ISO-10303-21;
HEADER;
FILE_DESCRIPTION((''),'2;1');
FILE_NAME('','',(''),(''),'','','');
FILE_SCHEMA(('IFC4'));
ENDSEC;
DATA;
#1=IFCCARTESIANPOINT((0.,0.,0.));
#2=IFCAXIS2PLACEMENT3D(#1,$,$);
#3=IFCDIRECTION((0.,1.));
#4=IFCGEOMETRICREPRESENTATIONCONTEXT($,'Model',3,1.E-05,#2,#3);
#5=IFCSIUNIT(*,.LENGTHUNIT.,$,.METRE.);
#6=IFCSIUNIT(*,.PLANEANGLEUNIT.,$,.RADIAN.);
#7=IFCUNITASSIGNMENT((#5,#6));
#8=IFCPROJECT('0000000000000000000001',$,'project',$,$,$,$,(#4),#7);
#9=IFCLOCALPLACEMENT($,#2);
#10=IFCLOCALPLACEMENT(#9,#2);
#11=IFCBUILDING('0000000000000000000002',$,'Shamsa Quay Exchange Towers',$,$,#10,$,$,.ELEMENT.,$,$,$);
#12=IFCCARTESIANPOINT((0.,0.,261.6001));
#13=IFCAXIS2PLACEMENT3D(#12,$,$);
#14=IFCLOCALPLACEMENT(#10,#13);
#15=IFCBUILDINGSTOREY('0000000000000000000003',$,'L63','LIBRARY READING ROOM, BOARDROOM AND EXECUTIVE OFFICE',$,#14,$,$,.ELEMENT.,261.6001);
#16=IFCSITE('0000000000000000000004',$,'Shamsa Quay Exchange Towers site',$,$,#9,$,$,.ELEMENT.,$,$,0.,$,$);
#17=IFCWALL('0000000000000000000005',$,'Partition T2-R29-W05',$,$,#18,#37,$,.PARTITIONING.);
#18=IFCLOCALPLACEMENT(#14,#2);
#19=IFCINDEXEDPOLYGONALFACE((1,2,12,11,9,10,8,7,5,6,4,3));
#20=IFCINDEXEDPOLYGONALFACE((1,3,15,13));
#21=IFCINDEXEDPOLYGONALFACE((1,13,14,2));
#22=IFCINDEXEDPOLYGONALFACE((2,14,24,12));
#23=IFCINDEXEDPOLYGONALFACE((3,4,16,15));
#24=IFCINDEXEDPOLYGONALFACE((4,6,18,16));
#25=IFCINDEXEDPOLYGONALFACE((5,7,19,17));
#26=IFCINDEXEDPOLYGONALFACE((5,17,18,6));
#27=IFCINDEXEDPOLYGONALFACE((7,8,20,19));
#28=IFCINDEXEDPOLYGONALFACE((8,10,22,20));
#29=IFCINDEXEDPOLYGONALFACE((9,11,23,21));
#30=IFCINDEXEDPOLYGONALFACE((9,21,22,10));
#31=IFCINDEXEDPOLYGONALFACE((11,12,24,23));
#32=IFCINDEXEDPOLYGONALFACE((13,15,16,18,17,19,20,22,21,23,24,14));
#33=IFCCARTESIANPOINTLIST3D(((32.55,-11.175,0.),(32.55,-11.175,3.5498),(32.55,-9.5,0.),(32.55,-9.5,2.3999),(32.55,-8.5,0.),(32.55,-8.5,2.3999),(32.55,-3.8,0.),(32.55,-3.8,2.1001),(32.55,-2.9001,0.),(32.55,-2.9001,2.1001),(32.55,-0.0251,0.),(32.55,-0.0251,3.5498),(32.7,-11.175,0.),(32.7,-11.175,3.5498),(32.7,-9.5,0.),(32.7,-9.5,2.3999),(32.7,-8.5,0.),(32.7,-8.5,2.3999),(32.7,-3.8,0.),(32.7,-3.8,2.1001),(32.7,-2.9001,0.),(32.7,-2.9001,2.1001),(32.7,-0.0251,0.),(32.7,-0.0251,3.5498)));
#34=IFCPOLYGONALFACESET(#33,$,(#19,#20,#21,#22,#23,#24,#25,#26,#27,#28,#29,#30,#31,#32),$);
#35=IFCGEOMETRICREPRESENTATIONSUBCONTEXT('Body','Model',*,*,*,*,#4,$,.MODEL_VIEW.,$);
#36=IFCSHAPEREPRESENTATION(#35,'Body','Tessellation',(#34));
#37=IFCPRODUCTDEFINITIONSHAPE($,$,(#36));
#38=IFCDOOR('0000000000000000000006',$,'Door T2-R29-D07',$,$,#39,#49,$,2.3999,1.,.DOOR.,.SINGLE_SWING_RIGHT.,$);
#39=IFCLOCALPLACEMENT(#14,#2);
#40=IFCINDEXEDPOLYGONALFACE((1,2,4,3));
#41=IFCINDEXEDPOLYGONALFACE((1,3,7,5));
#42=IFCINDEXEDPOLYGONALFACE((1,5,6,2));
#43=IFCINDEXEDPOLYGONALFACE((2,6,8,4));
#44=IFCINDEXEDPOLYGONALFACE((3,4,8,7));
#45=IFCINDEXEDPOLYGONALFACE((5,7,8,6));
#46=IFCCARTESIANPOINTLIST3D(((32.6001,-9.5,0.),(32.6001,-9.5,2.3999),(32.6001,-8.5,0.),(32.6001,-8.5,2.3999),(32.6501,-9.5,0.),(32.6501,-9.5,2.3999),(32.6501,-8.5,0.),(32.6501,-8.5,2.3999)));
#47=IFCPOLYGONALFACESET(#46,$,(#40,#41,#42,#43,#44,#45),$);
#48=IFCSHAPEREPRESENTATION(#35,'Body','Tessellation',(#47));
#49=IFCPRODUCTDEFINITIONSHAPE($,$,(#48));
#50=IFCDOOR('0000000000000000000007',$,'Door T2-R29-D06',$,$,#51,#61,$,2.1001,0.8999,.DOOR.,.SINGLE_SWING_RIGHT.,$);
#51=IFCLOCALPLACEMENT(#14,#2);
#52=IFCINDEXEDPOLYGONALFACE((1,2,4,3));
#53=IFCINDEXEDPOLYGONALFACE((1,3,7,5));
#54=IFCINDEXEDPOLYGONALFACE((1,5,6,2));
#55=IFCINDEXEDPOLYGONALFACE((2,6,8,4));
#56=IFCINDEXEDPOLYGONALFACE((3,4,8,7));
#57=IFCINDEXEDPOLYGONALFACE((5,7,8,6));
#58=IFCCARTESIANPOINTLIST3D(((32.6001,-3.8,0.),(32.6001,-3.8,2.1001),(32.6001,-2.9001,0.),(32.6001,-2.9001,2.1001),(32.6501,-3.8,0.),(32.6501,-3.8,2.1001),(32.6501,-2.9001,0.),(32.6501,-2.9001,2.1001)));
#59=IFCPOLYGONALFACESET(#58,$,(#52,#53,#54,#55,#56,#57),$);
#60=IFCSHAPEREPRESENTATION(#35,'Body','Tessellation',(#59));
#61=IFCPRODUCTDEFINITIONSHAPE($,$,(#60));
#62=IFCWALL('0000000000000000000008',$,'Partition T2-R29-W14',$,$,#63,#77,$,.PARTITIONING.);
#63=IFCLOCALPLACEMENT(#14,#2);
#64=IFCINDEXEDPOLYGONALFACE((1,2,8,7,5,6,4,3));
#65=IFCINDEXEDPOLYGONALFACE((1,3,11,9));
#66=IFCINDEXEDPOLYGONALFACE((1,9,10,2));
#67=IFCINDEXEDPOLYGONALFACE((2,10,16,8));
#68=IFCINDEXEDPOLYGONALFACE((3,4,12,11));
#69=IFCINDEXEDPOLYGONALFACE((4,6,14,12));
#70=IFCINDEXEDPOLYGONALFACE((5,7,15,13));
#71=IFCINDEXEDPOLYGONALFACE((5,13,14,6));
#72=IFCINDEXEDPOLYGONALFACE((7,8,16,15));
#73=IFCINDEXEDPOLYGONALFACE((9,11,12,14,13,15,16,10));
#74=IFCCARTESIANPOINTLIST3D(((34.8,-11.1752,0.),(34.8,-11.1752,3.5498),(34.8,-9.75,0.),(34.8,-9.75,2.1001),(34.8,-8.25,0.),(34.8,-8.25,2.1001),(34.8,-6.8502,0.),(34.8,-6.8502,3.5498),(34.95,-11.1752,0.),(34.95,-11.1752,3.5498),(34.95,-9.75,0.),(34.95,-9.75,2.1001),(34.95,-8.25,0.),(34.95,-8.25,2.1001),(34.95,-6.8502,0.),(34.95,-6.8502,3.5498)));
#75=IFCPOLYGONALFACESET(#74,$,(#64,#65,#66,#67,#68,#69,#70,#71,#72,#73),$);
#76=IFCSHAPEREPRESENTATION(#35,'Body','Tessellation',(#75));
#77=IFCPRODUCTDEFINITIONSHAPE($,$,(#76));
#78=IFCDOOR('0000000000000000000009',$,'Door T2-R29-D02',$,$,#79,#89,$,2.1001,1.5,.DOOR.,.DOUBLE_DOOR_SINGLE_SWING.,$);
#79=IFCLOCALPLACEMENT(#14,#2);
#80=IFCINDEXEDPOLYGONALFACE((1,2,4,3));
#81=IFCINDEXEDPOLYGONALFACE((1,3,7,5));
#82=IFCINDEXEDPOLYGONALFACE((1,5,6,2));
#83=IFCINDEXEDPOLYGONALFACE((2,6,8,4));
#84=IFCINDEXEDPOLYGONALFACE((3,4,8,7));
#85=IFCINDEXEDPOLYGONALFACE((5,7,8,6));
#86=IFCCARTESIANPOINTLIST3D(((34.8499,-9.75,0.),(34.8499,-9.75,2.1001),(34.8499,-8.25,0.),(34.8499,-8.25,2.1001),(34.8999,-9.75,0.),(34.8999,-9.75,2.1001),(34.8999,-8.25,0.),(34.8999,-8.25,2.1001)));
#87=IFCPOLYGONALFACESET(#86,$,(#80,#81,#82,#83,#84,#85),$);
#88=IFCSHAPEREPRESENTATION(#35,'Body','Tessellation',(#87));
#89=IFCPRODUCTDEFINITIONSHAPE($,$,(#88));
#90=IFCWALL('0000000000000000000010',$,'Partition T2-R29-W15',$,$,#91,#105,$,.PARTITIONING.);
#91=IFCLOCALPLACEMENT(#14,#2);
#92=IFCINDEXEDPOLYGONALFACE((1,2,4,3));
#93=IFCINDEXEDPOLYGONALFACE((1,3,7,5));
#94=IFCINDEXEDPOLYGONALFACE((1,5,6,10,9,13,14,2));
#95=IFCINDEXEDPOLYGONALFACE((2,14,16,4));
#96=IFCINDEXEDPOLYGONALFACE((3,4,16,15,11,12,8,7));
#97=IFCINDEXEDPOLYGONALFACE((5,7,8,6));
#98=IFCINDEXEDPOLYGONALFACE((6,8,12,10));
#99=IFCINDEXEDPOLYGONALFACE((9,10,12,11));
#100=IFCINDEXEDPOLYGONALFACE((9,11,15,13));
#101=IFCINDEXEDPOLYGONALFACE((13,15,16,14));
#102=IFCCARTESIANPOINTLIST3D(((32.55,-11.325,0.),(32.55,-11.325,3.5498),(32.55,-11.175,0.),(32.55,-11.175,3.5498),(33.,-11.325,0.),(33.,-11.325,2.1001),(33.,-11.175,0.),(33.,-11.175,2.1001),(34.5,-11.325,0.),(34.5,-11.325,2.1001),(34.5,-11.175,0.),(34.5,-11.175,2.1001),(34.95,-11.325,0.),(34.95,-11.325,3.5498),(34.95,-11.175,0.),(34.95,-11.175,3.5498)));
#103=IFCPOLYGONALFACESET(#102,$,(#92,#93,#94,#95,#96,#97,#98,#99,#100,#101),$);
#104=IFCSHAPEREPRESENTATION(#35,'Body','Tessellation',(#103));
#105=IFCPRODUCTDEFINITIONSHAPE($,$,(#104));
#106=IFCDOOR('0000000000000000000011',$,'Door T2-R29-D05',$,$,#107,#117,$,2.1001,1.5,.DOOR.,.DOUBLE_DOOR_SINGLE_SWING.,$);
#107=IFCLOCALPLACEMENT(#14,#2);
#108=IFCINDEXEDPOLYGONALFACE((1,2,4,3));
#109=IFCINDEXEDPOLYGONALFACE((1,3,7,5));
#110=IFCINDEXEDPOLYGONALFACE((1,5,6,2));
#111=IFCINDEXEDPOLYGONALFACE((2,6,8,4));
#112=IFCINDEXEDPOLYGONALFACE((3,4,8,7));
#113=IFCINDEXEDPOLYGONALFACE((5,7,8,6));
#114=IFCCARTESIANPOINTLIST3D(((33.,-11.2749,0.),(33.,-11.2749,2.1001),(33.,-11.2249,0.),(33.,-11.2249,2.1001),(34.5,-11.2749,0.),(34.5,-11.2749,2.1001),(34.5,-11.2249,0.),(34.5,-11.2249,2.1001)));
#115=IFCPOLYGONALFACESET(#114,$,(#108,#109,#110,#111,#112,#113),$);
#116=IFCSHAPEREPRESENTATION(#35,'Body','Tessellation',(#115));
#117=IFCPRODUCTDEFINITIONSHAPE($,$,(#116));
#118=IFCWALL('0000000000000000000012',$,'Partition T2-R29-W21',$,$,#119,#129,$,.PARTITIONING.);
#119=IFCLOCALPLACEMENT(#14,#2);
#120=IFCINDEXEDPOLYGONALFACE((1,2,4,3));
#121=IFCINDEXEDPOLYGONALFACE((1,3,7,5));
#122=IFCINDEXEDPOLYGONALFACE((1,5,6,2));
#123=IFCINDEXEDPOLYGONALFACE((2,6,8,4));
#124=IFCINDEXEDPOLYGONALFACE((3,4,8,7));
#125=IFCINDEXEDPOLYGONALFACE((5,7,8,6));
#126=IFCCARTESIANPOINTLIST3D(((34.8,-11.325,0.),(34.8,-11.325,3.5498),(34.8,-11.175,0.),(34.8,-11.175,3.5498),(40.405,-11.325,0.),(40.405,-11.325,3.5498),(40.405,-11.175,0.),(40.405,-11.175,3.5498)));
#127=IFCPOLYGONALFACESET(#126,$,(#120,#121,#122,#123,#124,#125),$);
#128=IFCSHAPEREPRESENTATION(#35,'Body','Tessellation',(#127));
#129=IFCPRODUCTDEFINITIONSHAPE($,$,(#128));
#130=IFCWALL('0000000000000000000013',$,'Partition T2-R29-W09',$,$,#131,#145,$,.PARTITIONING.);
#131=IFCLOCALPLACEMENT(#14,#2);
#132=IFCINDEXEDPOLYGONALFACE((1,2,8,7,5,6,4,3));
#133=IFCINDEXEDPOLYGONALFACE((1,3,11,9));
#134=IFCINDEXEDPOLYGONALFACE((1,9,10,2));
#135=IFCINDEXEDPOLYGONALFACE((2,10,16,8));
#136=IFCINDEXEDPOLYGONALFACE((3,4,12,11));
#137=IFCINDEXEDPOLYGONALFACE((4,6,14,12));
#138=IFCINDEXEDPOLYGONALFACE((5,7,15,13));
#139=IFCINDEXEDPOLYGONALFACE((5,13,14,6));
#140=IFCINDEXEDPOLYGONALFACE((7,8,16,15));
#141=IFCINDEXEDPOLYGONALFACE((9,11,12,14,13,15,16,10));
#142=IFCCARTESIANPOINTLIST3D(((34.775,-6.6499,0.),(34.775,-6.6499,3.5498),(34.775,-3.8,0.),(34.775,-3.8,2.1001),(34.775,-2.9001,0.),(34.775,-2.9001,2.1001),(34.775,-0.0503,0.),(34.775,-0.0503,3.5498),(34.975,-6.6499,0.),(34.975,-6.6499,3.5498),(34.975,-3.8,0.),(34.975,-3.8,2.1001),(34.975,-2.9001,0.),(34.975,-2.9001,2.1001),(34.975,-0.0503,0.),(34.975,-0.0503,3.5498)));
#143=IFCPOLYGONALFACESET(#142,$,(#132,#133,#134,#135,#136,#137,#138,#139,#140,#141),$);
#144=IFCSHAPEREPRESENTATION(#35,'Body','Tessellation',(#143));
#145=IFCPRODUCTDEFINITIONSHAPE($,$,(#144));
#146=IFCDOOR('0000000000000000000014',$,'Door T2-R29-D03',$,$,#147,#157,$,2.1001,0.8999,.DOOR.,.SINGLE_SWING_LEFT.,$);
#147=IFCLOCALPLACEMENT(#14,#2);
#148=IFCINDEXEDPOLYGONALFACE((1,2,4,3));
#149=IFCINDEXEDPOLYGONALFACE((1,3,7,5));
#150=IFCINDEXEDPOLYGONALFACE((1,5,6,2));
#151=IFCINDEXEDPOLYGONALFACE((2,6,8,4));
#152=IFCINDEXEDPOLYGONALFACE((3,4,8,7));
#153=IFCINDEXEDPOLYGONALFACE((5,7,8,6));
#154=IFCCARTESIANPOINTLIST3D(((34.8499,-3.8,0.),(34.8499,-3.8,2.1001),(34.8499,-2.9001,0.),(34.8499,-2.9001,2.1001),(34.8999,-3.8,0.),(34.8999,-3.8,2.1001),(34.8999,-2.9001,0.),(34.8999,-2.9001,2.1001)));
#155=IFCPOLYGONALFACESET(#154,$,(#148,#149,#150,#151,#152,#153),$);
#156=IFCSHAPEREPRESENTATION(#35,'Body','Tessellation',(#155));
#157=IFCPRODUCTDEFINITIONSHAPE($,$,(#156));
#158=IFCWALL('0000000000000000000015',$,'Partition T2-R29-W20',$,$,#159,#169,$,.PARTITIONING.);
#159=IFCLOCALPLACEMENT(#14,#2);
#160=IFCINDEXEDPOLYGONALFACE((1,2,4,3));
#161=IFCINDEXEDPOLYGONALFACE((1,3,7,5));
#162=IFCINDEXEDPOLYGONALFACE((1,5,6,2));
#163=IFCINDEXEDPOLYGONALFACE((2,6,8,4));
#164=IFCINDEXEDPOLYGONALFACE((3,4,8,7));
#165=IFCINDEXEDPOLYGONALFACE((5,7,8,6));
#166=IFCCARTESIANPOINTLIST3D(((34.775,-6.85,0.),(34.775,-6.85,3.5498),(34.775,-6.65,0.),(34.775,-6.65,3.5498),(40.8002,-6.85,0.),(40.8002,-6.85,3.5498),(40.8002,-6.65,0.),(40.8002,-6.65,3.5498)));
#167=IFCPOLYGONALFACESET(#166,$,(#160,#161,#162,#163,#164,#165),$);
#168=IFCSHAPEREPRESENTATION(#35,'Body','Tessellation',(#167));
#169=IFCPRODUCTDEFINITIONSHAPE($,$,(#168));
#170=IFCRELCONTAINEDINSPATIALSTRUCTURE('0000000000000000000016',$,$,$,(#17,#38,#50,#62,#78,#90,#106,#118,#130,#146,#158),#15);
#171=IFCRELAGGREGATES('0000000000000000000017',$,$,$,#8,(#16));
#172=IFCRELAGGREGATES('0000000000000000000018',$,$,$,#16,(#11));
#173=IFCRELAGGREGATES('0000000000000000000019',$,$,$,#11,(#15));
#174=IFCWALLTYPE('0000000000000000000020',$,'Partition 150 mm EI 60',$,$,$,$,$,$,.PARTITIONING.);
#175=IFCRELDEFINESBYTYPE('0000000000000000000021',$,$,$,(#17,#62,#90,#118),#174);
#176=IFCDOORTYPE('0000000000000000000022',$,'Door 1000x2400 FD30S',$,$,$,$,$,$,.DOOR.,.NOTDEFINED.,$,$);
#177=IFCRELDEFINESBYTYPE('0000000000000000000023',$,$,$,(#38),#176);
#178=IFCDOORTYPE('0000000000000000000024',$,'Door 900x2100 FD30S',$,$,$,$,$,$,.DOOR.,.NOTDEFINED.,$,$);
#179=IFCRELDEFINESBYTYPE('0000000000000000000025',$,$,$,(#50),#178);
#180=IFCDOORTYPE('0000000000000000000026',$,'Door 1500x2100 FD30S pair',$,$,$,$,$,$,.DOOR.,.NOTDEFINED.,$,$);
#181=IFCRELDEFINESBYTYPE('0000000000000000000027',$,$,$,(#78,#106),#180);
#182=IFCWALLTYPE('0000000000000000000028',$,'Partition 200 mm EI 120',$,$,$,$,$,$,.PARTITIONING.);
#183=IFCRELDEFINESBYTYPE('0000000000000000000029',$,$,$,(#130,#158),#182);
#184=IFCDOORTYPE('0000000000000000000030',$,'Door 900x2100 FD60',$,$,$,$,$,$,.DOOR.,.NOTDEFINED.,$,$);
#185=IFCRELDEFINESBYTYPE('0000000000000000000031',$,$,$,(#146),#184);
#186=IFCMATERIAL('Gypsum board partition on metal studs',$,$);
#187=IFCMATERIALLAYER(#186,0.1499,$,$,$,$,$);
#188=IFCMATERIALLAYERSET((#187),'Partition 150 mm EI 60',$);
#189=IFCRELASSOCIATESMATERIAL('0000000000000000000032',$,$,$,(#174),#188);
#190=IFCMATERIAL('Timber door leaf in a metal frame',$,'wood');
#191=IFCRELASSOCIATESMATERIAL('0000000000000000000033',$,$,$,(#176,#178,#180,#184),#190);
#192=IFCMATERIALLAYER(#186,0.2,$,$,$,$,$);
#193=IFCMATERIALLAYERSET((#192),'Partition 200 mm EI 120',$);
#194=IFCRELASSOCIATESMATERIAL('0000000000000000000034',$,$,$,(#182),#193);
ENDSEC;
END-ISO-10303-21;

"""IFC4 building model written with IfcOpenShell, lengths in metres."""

from ifc_helpers import new_model, si_unit, direction, frame, frame_2d, origin, place, context, subcontext, project, spatial, rectangle, extrude, material, layer, layer_set, type_object, element, fill, save


model = new_model("IFC4")

# Units and contexts
model_context = context("Model", 3, precision=1e-05, world=origin(), true_north=direction((0.0, 1.0)))
body_context = subcontext(model_context, "Body", "Model", "MODEL_VIEW")
ifc_project = project(units=[si_unit("LENGTHUNIT", "METRE"), si_unit("PLANEANGLEUNIT", "RADIAN")], contexts=[model_context])

# Site, building, storey
site_placement = place(None, origin())
site = spatial("IfcSite", under=ifc_project, at=site_placement, Name="Shamsa Quay Exchange Towers site", CompositionType="ELEMENT", RefElevation=0.0)
building_placement = place(site_placement, origin())
building = spatial("IfcBuilding", under=site, at=building_placement, Name="Shamsa Quay Exchange Towers", CompositionType="ELEMENT")
storey_placement = place(building_placement, frame((0.0, 0.0, 261.6001)))
storey = spatial("IfcBuildingStorey", under=building, at=storey_placement, Name="L63", Description="LIBRARY READING ROOM, BOARDROOM AND EXECUTIVE OFFICE", CompositionType="ELEMENT", Elevation=261.6001)

# Wall, openings, doors
ifc_material_1 = material(Name="Gypsum board partition on metal studs")
ifc_layer_1 = layer(ifc_material_1, 0.1499)
ifc_layer_set_1 = layer_set([ifc_layer_1], Name="Partition 150 mm EI 60")
wall_type_1 = type_object("IfcWallType", Name="Partition 150 mm EI 60", PredefinedType="PARTITIONING", material=ifc_layer_set_1)
wall_1_placement = place(storey_placement, frame((32.625, -11.175, 0.0), z_axis=(0.0, 0.0, 1.0), x_axis=(0.0, 1.0, 0.0)))
wall_1 = element("IfcWall", 1, at=wall_1_placement, inside=storey, type_object=wall_type_1, Name="Partition T2-R29-W05", PredefinedType="PARTITIONING", context=body_context, shape_type="SweptSolid", body=[
    extrude(rectangle(XDim=11.1499, YDim=0.1499, at=frame_2d((5.575, 0.0))), origin(), (0.0, 0.0, 1.0), 3.5498),
])
opening_1_placement = place(wall_1_placement, frame((7.375, 0.0, 0.0)))
opening_1 = element("IfcOpeningElement", 2, at=opening_1_placement, cuts=wall_1, PredefinedType="OPENING", context=body_context, shape_type="SweptSolid", body=[
    extrude(rectangle(XDim=0.8999, YDim=2.1001, at=frame_2d((0.45, 1.05))), frame((0.0, 0.085, 0.0), z_axis=(0.0, -1.0, 0.0), x_axis=(1.0, 0.0, 0.0)), (0.0, 0.0, 1.0), 0.1699),
])
opening_2_placement = place(wall_1_placement, frame((1.675, 0.0, 0.0)))
opening_2 = element("IfcOpeningElement", 3, at=opening_2_placement, cuts=wall_1, PredefinedType="OPENING", context=body_context, shape_type="SweptSolid", body=[
    extrude(rectangle(XDim=1.0, YDim=2.3999, at=frame_2d((0.5, 1.2))), frame((0.0, 0.085, 0.0), z_axis=(0.0, -1.0, 0.0), x_axis=(1.0, 0.0, 0.0)), (0.0, 0.0, 1.0), 0.1699),
])
ifc_material_2 = material(Name="Timber door leaf in a metal frame", Category="wood")
door_type_1 = type_object("IfcDoorType", Name="Door 1000x2400 FD30S", OperationType="NOTDEFINED", PredefinedType="DOOR", material=ifc_material_2)
door_1_placement = place(opening_2_placement, origin())
door_1 = element("IfcDoor", 4, at=door_1_placement, inside=storey, type_object=door_type_1, Name="Door T2-R29-D07", OperationType="SINGLE_SWING_RIGHT", OverallHeight=2.3999, OverallWidth=1.0, PredefinedType="DOOR", context=body_context, shape_type="SweptSolid", body=[
    extrude(rectangle(XDim=1.0, YDim=2.3999, at=frame_2d((0.5, 1.2))), frame((0.0, 0.0249, 0.0), z_axis=(0.0, -1.0, 0.0), x_axis=(1.0, 0.0, 0.0)), (0.0, 0.0, 1.0), 0.05),
])
fill(opening_2, door_1)
door_type_2 = type_object("IfcDoorType", Name="Door 900x2100 FD30S", OperationType="NOTDEFINED", PredefinedType="DOOR", material=ifc_material_2)
door_2_placement = place(opening_1_placement, origin())
door_2 = element("IfcDoor", 5, at=door_2_placement, inside=storey, type_object=door_type_2, Name="Door T2-R29-D06", OperationType="SINGLE_SWING_RIGHT", OverallHeight=2.1001, OverallWidth=0.8999, PredefinedType="DOOR", context=body_context, shape_type="SweptSolid", body=[
    extrude(rectangle(XDim=0.8999, YDim=2.1001, at=frame_2d((0.45, 1.05))), frame((0.0, 0.0249, 0.0), z_axis=(0.0, -1.0, 0.0), x_axis=(1.0, 0.0, 0.0)), (0.0, 0.0, 1.0), 0.05),
])
fill(opening_1, door_2)

# Walls, openings, doors
wall_2_placement = place(storey_placement, frame((34.875, -6.8501, 0.0), z_axis=(0.0, 0.0, 1.0), x_axis=(0.0, -1.0, 0.0)))
wall_2 = element("IfcWall", 6, at=wall_2_placement, inside=storey, type_object=wall_type_1, Name="Partition T2-R29-W14", PredefinedType="PARTITIONING", context=body_context, shape_type="SweptSolid", body=[
    extrude(rectangle(XDim=4.325, YDim=0.1499, at=frame_2d((2.1626, 0.0))), origin(), (0.0, 0.0, 1.0), 3.5498),
])
opening_3_placement = place(wall_2_placement, frame((1.3999, 0.0, 0.0)))
opening_3 = element("IfcOpeningElement", 7, at=opening_3_placement, cuts=wall_2, PredefinedType="OPENING", context=body_context, shape_type="SweptSolid", body=[
    extrude(rectangle(XDim=1.5, YDim=2.1001, at=frame_2d((0.75, 1.05))), frame((0.0, 0.085, 0.0), z_axis=(0.0, -1.0, 0.0), x_axis=(1.0, 0.0, 0.0)), (0.0, 0.0, 1.0), 0.1699),
])
door_type_3 = type_object("IfcDoorType", Name="Door 1500x2100 FD30S pair", OperationType="NOTDEFINED", PredefinedType="DOOR", material=ifc_material_2)
door_3_placement = place(opening_3_placement, origin())
door_3 = element("IfcDoor", 8, at=door_3_placement, inside=storey, type_object=door_type_3, Name="Door T2-R29-D02", OperationType="DOUBLE_DOOR_SINGLE_SWING", OverallHeight=2.1001, OverallWidth=1.5, PredefinedType="DOOR", context=body_context, shape_type="SweptSolid", body=[
    extrude(rectangle(XDim=1.5, YDim=2.1001, at=frame_2d((0.75, 1.05))), frame((0.0, 0.0249, 0.0), z_axis=(0.0, -1.0, 0.0), x_axis=(1.0, 0.0, 0.0)), (0.0, 0.0, 1.0), 0.05),
])
fill(opening_3, door_3)
wall_3_placement = place(storey_placement, frame((34.95, -11.25, 0.0), z_axis=(0.0, 0.0, 1.0), x_axis=(-1.0, 0.0, 0.0)))
wall_3 = element("IfcWall", 9, at=wall_3_placement, inside=storey, type_object=wall_type_1, Name="Partition T2-R29-W15", PredefinedType="PARTITIONING", context=body_context, shape_type="SweptSolid", body=[
    extrude(rectangle(XDim=2.3999, YDim=0.1499, at=frame_2d((1.2, 0.0))), origin(), (0.0, 0.0, 1.0), 3.5498),
])
opening_4_placement = place(wall_3_placement, frame((0.45, 0.0, 0.0)))
opening_4 = element("IfcOpeningElement", 10, at=opening_4_placement, cuts=wall_3, PredefinedType="OPENING", context=body_context, shape_type="SweptSolid", body=[
    extrude(rectangle(XDim=1.5, YDim=2.1001, at=frame_2d((0.75, 1.05))), frame((0.0, 0.085, 0.0), z_axis=(0.0, -1.0, 0.0), x_axis=(1.0, 0.0, 0.0)), (0.0, 0.0, 1.0), 0.1699),
])
door_4_placement = place(opening_4_placement, origin())
door_4 = element("IfcDoor", 11, at=door_4_placement, inside=storey, type_object=door_type_3, Name="Door T2-R29-D05", OperationType="DOUBLE_DOOR_SINGLE_SWING", OverallHeight=2.1001, OverallWidth=1.5, PredefinedType="DOOR", context=body_context, shape_type="SweptSolid", body=[
    extrude(rectangle(XDim=1.5, YDim=2.1001, at=frame_2d((0.75, 1.05))), frame((0.0, 0.0249, 0.0), z_axis=(0.0, -1.0, 0.0), x_axis=(1.0, 0.0, 0.0)), (0.0, 0.0, 1.0), 0.05),
])
fill(opening_4, door_4)

# Wall
wall_4_placement = place(storey_placement, frame((34.8, -11.25, 0.0)))
element("IfcWall", 12, at=wall_4_placement, inside=storey, type_object=wall_type_1, Name="Partition T2-R29-W21", PredefinedType="PARTITIONING", context=body_context, shape_type="SweptSolid", body=[
    extrude(rectangle(XDim=5.605, YDim=0.1499, at=frame_2d((2.8025, 0.0))), origin(), (0.0, 0.0, 1.0), 3.5498),
])

# Wall, opening, door
ifc_layer_2 = layer(ifc_material_1, 0.2)
ifc_layer_set_2 = layer_set([ifc_layer_2], Name="Partition 200 mm EI 120")
wall_type_2 = type_object("IfcWallType", Name="Partition 200 mm EI 120", PredefinedType="PARTITIONING", material=ifc_layer_set_2)
wall_5_placement = place(storey_placement, frame((34.875, -0.0503, 0.0), z_axis=(0.0, 0.0, 1.0), x_axis=(0.0, -1.0, 0.0)))
wall_5 = element("IfcWall", 13, at=wall_5_placement, inside=storey, type_object=wall_type_2, Name="Partition T2-R29-W09", PredefinedType="PARTITIONING", context=body_context, shape_type="SweptSolid", body=[
    extrude(rectangle(XDim=6.5996, YDim=0.2, at=frame_2d((3.2998, 0.0))), origin(), (0.0, 0.0, 1.0), 3.5498),
])
opening_5_placement = place(wall_5_placement, frame((2.8499, 0.0, 0.0)))
opening_5 = element("IfcOpeningElement", 14, at=opening_5_placement, cuts=wall_5, PredefinedType="OPENING", context=body_context, shape_type="SweptSolid", body=[
    extrude(rectangle(XDim=0.8999, YDim=2.1001, at=frame_2d((0.45, 1.05))), frame((0.0, 0.1099, 0.0), z_axis=(0.0, -1.0, 0.0), x_axis=(1.0, 0.0, 0.0)), (0.0, 0.0, 1.0), 0.22),
])
door_type_4 = type_object("IfcDoorType", Name="Door 900x2100 FD60", OperationType="NOTDEFINED", PredefinedType="DOOR", material=ifc_material_2)
door_5_placement = place(opening_5_placement, origin())
door_5 = element("IfcDoor", 15, at=door_5_placement, inside=storey, type_object=door_type_4, Name="Door T2-R29-D03", OperationType="SINGLE_SWING_LEFT", OverallHeight=2.1001, OverallWidth=0.8999, PredefinedType="DOOR", context=body_context, shape_type="SweptSolid", body=[
    extrude(rectangle(XDim=0.8999, YDim=2.1001, at=frame_2d((0.45, 1.05))), frame((0.0, 0.0249, 0.0), z_axis=(0.0, -1.0, 0.0), x_axis=(1.0, 0.0, 0.0)), (0.0, 0.0, 1.0), 0.05),
])
fill(opening_5, door_5)

# Wall
wall_6_placement = place(storey_placement, frame((34.7749, -6.75, 0.0)))
element("IfcWall", 16, at=wall_6_placement, inside=storey, type_object=wall_type_2, Name="Partition T2-R29-W20", PredefinedType="PARTITIONING", context=body_context, shape_type="SweptSolid", body=[
    extrude(rectangle(XDim=6.0251, YDim=0.2, at=frame_2d((3.0127, 0.0))), origin(), (0.0, 0.0, 1.0), 3.5498),
])

save(model, "model.ifc")
